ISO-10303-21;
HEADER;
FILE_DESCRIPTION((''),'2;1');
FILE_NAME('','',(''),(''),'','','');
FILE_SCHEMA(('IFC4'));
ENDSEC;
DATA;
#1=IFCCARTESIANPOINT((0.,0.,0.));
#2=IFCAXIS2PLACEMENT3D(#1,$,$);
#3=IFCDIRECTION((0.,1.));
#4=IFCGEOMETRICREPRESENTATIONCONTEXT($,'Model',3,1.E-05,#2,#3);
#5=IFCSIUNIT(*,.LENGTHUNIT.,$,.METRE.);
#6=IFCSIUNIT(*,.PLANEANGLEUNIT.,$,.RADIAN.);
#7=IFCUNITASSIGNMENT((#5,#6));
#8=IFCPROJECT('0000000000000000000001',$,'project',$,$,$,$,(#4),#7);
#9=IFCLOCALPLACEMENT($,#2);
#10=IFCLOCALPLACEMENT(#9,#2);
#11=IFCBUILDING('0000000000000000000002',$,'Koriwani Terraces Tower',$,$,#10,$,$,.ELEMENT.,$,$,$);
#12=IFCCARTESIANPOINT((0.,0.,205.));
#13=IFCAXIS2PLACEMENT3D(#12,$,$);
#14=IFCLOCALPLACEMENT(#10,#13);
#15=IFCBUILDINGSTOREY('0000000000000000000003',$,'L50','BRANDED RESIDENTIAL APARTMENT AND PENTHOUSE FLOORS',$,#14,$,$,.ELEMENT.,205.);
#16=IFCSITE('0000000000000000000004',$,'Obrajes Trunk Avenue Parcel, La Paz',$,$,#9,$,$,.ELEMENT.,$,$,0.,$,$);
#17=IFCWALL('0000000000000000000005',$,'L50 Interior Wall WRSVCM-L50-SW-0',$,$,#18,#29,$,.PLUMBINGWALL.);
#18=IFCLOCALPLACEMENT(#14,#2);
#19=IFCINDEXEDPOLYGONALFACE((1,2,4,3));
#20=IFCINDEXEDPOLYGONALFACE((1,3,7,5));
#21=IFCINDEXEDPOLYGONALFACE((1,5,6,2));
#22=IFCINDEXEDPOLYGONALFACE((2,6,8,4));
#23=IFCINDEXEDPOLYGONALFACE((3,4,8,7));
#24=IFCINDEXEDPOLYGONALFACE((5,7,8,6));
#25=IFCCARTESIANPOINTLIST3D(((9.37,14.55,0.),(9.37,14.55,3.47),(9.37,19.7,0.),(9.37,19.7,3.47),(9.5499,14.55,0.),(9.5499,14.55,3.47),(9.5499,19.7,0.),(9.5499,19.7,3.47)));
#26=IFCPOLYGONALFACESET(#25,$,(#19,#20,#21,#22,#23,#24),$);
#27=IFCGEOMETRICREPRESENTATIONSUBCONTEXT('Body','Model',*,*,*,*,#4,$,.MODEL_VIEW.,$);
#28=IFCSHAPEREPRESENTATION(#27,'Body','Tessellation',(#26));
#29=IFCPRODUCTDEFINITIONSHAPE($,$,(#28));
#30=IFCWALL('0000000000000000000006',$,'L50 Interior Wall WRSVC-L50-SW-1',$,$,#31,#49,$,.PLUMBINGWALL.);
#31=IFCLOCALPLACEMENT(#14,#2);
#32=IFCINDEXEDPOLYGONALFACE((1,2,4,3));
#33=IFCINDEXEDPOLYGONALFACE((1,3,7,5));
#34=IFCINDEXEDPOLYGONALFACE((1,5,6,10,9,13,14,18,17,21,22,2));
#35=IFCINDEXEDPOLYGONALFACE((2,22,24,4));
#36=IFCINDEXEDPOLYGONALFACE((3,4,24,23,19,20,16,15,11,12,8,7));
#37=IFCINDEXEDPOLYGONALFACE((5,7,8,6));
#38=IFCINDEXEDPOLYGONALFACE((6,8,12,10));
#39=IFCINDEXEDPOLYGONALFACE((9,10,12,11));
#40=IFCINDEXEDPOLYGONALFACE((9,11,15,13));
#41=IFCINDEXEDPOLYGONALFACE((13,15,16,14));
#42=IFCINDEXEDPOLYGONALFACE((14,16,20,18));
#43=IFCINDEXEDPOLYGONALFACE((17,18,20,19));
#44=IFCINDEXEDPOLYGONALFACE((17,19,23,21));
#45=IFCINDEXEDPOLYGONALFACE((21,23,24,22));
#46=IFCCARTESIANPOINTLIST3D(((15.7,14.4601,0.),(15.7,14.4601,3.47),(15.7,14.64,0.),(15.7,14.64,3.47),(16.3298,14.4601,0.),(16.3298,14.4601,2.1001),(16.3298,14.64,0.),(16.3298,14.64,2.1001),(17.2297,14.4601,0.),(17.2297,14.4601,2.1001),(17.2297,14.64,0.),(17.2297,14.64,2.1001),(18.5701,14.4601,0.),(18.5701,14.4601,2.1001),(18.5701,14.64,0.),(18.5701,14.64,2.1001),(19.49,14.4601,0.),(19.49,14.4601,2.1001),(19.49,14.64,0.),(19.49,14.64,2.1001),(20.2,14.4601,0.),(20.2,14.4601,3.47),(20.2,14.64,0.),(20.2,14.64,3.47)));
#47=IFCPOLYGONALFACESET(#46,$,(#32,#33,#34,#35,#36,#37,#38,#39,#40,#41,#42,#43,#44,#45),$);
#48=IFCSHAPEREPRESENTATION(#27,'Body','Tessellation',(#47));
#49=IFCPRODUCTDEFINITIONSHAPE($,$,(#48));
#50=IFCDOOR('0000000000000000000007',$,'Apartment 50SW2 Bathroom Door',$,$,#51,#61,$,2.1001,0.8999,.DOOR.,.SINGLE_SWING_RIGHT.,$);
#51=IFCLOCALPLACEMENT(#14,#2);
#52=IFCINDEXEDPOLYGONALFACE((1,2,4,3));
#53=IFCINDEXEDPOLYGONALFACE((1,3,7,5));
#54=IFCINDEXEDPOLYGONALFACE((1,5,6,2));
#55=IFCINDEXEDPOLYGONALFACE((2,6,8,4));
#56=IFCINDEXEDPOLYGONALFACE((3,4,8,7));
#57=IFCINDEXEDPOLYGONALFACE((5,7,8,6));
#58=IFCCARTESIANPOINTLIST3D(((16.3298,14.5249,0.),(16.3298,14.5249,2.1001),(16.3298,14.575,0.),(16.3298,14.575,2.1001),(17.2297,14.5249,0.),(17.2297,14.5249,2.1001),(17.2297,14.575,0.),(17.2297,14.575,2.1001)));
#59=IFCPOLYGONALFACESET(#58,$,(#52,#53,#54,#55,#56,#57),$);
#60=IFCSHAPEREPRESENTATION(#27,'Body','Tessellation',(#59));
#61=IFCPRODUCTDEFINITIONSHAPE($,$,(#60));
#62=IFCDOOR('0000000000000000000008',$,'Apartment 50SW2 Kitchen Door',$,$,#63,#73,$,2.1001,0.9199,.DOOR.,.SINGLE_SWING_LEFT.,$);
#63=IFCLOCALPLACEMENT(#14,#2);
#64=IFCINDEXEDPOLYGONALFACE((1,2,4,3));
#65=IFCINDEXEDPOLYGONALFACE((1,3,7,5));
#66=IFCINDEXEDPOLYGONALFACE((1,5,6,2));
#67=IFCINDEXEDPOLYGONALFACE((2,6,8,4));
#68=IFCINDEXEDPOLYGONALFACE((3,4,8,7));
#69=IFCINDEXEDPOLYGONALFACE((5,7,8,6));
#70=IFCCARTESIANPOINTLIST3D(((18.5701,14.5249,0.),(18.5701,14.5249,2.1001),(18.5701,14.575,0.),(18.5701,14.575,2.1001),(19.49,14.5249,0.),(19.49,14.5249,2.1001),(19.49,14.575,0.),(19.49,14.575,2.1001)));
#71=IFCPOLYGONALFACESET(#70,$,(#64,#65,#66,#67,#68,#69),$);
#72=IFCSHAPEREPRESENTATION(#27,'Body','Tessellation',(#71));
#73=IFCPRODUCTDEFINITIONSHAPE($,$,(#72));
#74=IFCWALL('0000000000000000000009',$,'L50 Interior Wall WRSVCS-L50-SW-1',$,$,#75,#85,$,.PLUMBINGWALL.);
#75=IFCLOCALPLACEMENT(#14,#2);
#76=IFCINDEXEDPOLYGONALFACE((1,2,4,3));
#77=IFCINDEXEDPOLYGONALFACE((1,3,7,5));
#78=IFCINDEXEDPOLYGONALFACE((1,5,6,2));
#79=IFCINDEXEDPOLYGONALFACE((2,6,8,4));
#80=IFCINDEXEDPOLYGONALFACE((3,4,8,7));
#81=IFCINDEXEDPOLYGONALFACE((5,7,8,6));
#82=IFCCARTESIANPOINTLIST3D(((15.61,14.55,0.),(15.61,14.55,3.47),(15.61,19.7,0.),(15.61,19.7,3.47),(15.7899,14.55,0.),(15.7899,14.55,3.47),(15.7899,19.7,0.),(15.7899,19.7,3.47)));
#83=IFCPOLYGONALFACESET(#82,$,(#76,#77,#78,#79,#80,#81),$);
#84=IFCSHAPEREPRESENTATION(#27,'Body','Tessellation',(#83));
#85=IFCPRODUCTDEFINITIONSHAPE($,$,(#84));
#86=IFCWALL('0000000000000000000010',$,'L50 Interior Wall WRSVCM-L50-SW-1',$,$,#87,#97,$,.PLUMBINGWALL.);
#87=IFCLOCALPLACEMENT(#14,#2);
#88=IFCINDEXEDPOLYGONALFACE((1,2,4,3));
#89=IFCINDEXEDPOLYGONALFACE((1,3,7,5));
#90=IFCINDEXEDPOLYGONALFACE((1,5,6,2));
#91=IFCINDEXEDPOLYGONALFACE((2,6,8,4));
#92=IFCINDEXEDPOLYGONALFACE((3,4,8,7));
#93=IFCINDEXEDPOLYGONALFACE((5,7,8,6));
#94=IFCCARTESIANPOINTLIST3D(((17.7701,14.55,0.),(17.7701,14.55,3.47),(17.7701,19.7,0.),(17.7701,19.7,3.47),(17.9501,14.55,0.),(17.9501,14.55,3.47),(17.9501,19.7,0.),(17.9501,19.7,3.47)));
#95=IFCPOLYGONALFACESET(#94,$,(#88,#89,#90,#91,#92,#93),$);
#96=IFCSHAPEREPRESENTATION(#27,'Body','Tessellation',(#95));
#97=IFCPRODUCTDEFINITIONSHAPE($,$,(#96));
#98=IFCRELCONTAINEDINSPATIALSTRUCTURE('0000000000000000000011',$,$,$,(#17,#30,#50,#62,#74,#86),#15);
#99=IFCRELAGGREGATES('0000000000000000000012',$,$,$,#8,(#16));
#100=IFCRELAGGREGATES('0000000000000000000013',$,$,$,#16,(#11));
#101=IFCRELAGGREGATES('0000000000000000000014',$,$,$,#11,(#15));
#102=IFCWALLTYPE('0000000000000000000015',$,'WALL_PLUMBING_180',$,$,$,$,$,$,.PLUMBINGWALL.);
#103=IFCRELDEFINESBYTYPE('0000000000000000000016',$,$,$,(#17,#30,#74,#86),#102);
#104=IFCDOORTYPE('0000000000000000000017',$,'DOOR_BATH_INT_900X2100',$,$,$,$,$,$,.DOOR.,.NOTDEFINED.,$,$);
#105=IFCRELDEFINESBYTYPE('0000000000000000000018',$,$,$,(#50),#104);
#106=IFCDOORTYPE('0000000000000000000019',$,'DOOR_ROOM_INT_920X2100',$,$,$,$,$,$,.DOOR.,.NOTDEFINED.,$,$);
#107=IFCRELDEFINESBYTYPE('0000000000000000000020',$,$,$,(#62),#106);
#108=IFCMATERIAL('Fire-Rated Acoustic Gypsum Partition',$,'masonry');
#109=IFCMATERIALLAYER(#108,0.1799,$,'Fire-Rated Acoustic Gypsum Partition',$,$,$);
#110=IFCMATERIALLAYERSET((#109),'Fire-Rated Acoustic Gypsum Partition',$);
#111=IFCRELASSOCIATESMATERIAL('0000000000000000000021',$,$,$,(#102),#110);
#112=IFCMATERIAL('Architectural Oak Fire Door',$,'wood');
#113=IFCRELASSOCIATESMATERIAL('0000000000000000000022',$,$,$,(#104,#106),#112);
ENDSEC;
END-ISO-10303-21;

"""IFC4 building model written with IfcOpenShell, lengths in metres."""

from ifc_helpers import new_model, si_unit, direction, frame, frame_2d, origin, place, context, subcontext, project, spatial, rectangle, extrude, material, layer, layer_set, type_object, element, fill, save


model = new_model("IFC4")

# Units and contexts
model_context = context("Model", 3, precision=1e-05, world=origin(), true_north=direction((0.0, 1.0)))
body_context = subcontext(model_context, "Body", "Model", "MODEL_VIEW")
ifc_project = project(units=[si_unit("LENGTHUNIT", "METRE"), si_unit("PLANEANGLEUNIT", "RADIAN")], contexts=[model_context])

# Site, building, storey
site_placement = place(None, origin())
site = spatial("IfcSite", under=ifc_project, at=site_placement, Name="Obrajes Trunk Avenue Parcel, La Paz", CompositionType="ELEMENT", RefElevation=0.0)
building_placement = place(site_placement, origin())
building = spatial("IfcBuilding", under=site, at=building_placement, Name="Koriwani Terraces Tower", CompositionType="ELEMENT")
storey_placement = place(building_placement, frame((0.0, 0.0, 205.0)))
storey = spatial("IfcBuildingStorey", under=building, at=storey_placement, Name="L50", Description="BRANDED RESIDENTIAL APARTMENT AND PENTHOUSE FLOORS", CompositionType="ELEMENT", Elevation=205.0)

# Shared definitions
ifc_material_1 = material(Name="Fire-Rated Acoustic Gypsum Partition", Category="masonry")
ifc_layer = layer(ifc_material_1, 0.1799, Name="Fire-Rated Acoustic Gypsum Partition")
ifc_layer_set = layer_set([ifc_layer], Name="Fire-Rated Acoustic Gypsum Partition")
wall_type = type_object("IfcWallType", Name="WALL_PLUMBING_180", PredefinedType="PLUMBINGWALL", material=ifc_layer_set)
ifc_material_2 = material(Name="Architectural Oak Fire Door", Category="wood")
door_type_1 = type_object("IfcDoorType", Name="DOOR_BATH_INT_900X2100", OperationType="NOTDEFINED", PredefinedType="DOOR", material=ifc_material_2)
door_type_2 = type_object("IfcDoorType", Name="DOOR_ROOM_INT_920X2100", OperationType="NOTDEFINED", PredefinedType="DOOR", material=ifc_material_2)

# Wall
for number, where, z_axis, x_axis, name in (
    (1, (9.46, 14.55, 0.0), (0.0, 0.0, 1.0), (0.0, 1.0, 0.0), "L50 Interior Wall WRSVCM-L50-SW-0"),
):
    element("IfcWall", number, at=place(storey_placement, frame(where, z_axis=z_axis, x_axis=x_axis)), inside=storey, type_object=wall_type, Name=name, PredefinedType="PLUMBINGWALL", context=body_context, shape_type="SweptSolid", body=[
        extrude(rectangle(XDim=5.1499, YDim=0.1799, at=frame_2d((2.575, 0.0))), origin(), (0.0, 0.0, 1.0), 3.47),
    ])

# Wall, openings, doors
wall_1_placement = place(storey_placement, frame((15.7, 14.55, 0.0), z_axis=(0.0, 0.0, 1.0), x_axis=(1.0, 0.0, 0.0)))
wall_1 = element("IfcWall", 2, at=wall_1_placement, inside=storey, type_object=wall_type, Name="L50 Interior Wall WRSVC-L50-SW-1", PredefinedType="PLUMBINGWALL", context=body_context, shape_type="SweptSolid", body=[
    extrude(rectangle(XDim=4.5, YDim=0.1799, at=frame_2d((2.25, 0.0))), origin(), (0.0, 0.0, 1.0), 3.47),
])
opening_1_placement = place(wall_1_placement, frame((0.6299, 0.0, 0.0)))
opening_1 = element("IfcOpeningElement", 3, at=opening_1_placement, cuts=wall_1, PredefinedType="OPENING", context=body_context, shape_type="SweptSolid", body=[
    extrude(rectangle(XDim=0.8999, YDim=2.1001, at=frame_2d((0.45, 1.05))), frame((0.0, 0.1001, 0.0), z_axis=(0.0, -1.0, 0.0), x_axis=(1.0, 0.0, 0.0)), (0.0, 0.0, 1.0), 0.2),
])
opening_2_placement = place(wall_1_placement, frame((2.8701, 0.0, 0.0)))
opening_2 = element("IfcOpeningElement", 4, at=opening_2_placement, cuts=wall_1, PredefinedType="OPENING", context=body_context, shape_type="SweptSolid", body=[
    extrude(rectangle(XDim=0.9199, YDim=2.1001, at=frame_2d((0.46, 1.05))), frame((0.0, 0.1001, 0.0), z_axis=(0.0, -1.0, 0.0), x_axis=(1.0, 0.0, 0.0)), (0.0, 0.0, 1.0), 0.2),
])
door_1_placement = place(opening_1_placement, origin())
door_1 = element("IfcDoor", 5, at=door_1_placement, inside=storey, type_object=door_type_1, Name="Apartment 50SW2 Bathroom Door", OperationType="SINGLE_SWING_RIGHT", OverallHeight=2.1001, OverallWidth=0.8999, PredefinedType="DOOR", context=body_context, shape_type="SweptSolid", body=[
    extrude(rectangle(XDim=0.8999, YDim=2.1001, at=frame_2d((0.45, 1.05))), frame((0.0, 0.0249, 0.0), z_axis=(0.0, -1.0, 0.0), x_axis=(1.0, 0.0, 0.0)), (0.0, 0.0, 1.0), 0.05),
])
fill(opening_1, door_1)
door_2_placement = place(opening_2_placement, origin())
door_2 = element("IfcDoor", 6, at=door_2_placement, inside=storey, type_object=door_type_2, Name="Apartment 50SW2 Kitchen Door", OperationType="SINGLE_SWING_LEFT", OverallHeight=2.1001, OverallWidth=0.9199, PredefinedType="DOOR", context=body_context, shape_type="SweptSolid", body=[
    extrude(rectangle(XDim=0.9199, YDim=2.1001, at=frame_2d((0.46, 1.05))), frame((0.0, 0.0249, 0.0), z_axis=(0.0, -1.0, 0.0), x_axis=(1.0, 0.0, 0.0)), (0.0, 0.0, 1.0), 0.05),
])
fill(opening_2, door_2)

# Walls
for number, where, z_axis, x_axis, name in (
    (7, (15.7, 14.55, 0.0), (0.0, 0.0, 1.0), (0.0, 1.0, 0.0), "L50 Interior Wall WRSVCS-L50-SW-1"),
    (8, (17.8601, 14.55, 0.0), (0.0, 0.0, 1.0), (0.0, 1.0, 0.0), "L50 Interior Wall WRSVCM-L50-SW-1"),
):
    element("IfcWall", number, at=place(storey_placement, frame(where, z_axis=z_axis, x_axis=x_axis)), inside=storey, type_object=wall_type, Name=name, PredefinedType="PLUMBINGWALL", context=body_context, shape_type="SweptSolid", body=[
        extrude(rectangle(XDim=5.1499, YDim=0.1799, at=frame_2d((2.575, 0.0))), origin(), (0.0, 0.0, 1.0), 3.47),
    ])

save(model, "model.ifc")
